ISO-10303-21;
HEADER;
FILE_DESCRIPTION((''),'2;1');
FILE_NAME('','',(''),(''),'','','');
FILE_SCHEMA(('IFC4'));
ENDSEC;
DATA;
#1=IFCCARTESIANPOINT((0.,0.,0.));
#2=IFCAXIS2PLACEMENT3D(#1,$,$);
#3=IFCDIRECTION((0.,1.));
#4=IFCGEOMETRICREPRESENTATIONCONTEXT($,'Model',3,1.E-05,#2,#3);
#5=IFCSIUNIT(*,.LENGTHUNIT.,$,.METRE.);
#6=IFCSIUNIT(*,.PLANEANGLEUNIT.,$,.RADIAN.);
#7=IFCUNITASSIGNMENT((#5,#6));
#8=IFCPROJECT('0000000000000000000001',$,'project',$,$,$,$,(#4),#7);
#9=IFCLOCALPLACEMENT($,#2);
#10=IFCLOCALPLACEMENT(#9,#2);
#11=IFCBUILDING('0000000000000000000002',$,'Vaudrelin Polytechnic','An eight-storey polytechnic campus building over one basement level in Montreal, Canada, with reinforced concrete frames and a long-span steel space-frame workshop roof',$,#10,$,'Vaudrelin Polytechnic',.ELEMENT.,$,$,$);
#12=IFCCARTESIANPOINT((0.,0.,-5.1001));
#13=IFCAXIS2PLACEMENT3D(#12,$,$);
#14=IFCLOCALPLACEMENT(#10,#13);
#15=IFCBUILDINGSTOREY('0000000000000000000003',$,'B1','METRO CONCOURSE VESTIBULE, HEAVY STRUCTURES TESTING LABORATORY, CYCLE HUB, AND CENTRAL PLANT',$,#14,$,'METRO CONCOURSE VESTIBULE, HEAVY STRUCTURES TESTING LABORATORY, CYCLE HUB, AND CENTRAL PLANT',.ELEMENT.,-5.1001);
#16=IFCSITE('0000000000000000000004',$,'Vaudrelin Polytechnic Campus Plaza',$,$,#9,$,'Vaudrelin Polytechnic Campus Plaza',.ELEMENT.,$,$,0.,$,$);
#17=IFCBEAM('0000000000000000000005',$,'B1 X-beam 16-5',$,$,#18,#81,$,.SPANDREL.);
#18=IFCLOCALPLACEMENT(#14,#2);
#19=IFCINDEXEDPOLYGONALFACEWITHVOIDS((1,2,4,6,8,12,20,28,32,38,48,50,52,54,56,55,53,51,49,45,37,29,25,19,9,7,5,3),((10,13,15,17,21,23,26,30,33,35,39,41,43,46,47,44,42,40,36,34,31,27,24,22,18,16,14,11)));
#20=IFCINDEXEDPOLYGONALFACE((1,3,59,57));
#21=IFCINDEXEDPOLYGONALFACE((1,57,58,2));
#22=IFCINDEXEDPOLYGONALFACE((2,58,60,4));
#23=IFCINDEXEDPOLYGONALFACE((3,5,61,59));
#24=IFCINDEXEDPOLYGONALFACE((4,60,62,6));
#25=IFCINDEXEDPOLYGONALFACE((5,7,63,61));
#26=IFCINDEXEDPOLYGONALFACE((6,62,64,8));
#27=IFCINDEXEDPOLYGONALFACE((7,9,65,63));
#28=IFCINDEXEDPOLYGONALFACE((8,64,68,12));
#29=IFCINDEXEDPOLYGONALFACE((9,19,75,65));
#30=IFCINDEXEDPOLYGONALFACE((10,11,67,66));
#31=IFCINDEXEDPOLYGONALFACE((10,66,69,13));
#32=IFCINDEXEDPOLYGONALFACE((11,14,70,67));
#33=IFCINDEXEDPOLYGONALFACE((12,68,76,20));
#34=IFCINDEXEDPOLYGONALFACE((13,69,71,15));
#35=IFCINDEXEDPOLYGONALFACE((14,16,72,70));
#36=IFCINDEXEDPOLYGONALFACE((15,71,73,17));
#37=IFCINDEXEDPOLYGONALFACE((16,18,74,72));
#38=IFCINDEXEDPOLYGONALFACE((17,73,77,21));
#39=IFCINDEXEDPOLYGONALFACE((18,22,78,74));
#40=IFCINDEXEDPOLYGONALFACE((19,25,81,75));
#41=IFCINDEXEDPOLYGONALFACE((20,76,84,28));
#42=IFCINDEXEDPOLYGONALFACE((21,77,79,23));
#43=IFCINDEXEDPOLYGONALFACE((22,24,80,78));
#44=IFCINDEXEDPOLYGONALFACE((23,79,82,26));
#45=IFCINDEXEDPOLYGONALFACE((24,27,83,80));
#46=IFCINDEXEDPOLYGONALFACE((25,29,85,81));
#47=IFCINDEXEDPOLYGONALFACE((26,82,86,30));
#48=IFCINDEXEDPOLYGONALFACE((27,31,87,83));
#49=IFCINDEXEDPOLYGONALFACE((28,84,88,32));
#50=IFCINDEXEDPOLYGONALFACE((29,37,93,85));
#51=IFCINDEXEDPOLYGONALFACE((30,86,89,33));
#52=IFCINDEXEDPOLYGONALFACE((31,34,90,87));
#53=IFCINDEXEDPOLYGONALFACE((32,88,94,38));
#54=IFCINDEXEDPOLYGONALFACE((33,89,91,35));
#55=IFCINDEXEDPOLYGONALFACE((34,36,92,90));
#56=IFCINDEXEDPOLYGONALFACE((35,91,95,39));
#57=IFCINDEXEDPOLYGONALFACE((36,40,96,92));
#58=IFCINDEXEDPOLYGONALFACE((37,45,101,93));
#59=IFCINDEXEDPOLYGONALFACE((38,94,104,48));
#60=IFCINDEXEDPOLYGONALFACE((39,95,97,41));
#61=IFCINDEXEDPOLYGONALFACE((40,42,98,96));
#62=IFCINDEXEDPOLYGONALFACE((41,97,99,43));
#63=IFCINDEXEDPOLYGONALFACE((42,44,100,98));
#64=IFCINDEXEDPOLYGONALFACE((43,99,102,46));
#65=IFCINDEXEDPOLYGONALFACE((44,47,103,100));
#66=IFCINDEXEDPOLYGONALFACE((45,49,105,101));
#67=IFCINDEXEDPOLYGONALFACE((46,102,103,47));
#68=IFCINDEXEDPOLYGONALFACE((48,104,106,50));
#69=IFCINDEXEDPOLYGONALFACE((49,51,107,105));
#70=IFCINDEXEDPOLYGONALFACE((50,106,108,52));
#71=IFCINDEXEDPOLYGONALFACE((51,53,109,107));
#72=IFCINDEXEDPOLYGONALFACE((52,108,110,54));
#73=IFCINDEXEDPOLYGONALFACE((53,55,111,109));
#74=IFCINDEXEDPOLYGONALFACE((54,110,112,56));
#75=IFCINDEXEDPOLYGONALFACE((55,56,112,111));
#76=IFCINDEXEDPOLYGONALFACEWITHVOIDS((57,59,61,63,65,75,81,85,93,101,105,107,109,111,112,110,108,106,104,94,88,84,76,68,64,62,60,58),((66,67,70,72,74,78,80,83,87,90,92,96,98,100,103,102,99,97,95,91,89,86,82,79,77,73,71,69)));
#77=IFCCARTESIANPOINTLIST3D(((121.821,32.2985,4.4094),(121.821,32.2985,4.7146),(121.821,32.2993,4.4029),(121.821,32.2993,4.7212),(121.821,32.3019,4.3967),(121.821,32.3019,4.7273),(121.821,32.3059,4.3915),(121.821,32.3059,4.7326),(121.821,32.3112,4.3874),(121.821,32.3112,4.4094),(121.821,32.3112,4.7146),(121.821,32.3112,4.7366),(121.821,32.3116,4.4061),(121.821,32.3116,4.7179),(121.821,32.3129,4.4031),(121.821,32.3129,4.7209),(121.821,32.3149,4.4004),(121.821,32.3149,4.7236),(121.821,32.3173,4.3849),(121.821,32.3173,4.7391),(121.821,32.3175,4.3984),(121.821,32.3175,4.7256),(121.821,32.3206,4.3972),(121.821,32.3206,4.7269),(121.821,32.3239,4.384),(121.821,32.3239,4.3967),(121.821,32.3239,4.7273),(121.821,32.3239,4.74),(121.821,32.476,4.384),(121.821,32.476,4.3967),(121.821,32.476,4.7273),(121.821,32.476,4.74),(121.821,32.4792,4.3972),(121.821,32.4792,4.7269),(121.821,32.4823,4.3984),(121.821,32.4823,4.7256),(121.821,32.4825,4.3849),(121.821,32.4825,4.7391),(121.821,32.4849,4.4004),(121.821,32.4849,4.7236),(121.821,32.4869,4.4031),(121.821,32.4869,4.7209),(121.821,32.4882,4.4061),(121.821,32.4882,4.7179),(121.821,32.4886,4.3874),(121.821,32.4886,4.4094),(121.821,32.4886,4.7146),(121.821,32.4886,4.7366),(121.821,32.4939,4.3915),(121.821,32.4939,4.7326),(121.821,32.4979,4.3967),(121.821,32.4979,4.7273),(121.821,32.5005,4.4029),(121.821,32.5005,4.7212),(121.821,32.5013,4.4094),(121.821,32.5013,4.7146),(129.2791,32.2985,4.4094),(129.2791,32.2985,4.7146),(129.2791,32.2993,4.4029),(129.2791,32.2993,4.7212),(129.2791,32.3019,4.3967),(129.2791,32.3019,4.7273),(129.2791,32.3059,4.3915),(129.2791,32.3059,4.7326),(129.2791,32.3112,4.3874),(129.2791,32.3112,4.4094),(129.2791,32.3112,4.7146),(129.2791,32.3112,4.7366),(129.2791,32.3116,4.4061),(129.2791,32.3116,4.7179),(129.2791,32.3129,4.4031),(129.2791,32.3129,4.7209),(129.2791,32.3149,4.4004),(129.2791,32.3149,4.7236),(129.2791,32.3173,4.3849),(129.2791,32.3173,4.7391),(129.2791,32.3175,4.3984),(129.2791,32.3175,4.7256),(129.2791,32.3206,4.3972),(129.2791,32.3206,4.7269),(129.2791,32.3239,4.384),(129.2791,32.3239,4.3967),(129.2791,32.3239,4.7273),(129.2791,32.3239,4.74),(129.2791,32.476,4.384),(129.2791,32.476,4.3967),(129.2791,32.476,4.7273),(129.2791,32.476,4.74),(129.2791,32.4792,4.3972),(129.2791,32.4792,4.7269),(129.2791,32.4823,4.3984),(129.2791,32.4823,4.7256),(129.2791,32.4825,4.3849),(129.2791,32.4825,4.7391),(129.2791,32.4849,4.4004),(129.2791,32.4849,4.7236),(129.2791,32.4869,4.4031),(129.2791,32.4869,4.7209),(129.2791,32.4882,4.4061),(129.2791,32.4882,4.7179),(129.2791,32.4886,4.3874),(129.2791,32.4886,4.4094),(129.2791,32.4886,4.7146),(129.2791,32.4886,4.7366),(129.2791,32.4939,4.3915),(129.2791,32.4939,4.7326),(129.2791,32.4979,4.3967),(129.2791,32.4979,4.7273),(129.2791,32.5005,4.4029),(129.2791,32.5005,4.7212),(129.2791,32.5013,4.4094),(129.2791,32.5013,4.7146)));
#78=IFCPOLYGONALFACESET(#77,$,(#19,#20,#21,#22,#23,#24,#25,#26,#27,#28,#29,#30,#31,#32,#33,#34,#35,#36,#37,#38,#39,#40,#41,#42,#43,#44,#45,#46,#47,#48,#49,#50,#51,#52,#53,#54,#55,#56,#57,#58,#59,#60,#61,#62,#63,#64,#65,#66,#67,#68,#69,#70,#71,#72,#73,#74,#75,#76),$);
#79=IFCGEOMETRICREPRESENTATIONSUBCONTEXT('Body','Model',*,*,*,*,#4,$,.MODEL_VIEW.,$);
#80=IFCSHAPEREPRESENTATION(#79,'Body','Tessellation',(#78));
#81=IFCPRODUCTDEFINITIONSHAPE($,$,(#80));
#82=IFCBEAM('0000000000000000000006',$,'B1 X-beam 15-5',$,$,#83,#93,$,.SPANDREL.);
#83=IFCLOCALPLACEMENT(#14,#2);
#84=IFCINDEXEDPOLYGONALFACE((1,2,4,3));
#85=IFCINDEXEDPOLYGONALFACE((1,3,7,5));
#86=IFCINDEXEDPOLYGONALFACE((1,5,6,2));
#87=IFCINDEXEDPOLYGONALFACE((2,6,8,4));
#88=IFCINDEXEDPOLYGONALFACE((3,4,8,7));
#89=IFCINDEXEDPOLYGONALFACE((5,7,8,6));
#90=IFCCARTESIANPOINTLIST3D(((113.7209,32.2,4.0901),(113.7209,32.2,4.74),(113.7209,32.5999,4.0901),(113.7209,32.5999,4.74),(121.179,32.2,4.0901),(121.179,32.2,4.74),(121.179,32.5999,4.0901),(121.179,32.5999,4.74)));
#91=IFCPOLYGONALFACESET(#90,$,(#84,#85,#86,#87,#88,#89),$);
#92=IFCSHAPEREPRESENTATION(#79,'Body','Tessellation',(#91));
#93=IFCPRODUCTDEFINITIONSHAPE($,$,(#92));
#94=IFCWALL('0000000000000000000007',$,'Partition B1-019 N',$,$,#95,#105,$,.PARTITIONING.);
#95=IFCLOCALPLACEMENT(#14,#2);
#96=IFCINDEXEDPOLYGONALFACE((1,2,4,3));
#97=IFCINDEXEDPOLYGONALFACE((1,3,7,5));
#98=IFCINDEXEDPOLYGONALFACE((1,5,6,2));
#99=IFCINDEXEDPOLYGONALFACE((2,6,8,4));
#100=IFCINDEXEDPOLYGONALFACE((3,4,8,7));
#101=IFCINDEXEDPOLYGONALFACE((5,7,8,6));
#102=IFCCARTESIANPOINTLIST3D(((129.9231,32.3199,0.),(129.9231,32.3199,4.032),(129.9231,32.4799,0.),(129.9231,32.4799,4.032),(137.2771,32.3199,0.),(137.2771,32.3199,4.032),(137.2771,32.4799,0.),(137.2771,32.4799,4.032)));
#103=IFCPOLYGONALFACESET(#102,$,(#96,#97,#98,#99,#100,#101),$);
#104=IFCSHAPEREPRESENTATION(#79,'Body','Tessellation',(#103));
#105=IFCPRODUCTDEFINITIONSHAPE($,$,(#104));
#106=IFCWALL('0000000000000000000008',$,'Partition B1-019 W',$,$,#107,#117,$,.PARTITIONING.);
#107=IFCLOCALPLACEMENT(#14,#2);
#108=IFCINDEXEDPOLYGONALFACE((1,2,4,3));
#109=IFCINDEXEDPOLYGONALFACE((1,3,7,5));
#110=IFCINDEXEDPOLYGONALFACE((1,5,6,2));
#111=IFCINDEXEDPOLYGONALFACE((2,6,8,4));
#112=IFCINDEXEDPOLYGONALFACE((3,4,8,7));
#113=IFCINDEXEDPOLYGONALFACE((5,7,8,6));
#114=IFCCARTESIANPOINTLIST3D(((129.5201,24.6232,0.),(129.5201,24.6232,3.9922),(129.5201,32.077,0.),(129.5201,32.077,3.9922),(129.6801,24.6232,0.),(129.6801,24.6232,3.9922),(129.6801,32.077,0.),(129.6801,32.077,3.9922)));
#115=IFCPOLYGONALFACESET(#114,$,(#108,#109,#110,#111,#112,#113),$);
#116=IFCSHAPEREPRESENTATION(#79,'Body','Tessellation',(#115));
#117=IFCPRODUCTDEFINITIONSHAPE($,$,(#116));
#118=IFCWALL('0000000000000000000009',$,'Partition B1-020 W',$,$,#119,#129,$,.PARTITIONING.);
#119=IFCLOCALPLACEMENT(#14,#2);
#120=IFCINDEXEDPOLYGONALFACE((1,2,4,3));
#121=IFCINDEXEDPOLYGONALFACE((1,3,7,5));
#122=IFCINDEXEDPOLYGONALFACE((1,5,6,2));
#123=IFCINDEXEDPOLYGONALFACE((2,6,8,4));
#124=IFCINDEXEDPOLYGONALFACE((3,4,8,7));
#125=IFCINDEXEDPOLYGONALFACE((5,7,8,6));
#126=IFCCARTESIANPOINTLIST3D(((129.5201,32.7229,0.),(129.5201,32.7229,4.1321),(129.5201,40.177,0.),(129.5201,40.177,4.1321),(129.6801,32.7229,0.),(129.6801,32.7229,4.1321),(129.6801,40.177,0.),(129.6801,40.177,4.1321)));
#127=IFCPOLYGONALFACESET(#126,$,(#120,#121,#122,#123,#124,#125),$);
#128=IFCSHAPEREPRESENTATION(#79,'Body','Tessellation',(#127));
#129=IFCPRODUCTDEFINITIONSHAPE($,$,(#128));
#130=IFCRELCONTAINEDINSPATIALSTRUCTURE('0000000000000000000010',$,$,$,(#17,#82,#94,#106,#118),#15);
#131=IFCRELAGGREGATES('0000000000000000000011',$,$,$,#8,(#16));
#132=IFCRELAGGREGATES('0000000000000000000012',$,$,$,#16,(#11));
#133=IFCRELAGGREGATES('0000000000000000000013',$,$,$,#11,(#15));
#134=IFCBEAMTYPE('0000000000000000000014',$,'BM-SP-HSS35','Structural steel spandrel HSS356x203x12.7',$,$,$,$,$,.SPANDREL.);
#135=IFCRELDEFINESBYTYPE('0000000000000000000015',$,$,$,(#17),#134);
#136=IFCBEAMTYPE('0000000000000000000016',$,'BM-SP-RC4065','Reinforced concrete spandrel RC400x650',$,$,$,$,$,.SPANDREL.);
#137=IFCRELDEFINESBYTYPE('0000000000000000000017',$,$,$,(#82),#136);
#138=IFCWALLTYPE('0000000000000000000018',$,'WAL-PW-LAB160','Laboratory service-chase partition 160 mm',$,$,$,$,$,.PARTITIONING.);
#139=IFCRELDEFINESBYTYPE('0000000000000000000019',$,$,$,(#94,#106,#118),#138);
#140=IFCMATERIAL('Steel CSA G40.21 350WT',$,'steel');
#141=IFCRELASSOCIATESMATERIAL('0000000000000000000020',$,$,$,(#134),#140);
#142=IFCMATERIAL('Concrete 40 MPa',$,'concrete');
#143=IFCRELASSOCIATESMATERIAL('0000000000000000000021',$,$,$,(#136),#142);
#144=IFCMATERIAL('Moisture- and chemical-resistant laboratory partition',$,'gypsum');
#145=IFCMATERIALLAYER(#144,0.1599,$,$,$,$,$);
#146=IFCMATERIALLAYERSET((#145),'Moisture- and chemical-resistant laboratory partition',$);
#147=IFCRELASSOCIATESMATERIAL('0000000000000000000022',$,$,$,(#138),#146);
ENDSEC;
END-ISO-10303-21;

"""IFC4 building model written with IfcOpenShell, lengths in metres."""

from ifc_helpers import new_model, si_unit, direction, frame, frame_2d, origin, origin_2d, place, context, subcontext, project, spatial, rectangle, hollow_rectangle, extrude, material, layer, layer_set, material_profile, profile_set, type_object, element, save


model = new_model("IFC4")

# Units and contexts
model_context = context("Model", 3, precision=1e-05, world=origin(), true_north=direction((0.0, 1.0)))
body_context = subcontext(model_context, "Body", "Model", "MODEL_VIEW")
ifc_project = project(units=[si_unit("LENGTHUNIT", "METRE"), si_unit("PLANEANGLEUNIT", "RADIAN")], contexts=[model_context])

# Site, building, storey
site_placement = place(None, origin())
site = spatial("IfcSite", under=ifc_project, at=site_placement, Name="Vaudrelin Polytechnic Campus Plaza", LongName="Vaudrelin Polytechnic Campus Plaza", CompositionType="ELEMENT", RefElevation=0.0)
building_placement = place(site_placement, origin())
building = spatial("IfcBuilding", under=site, at=building_placement, Name="Vaudrelin Polytechnic", Description="An eight-storey polytechnic campus building over one basement level in Montreal, Canada, with reinforced concrete frames and a long-span steel space-frame workshop roof", LongName="Vaudrelin Polytechnic", CompositionType="ELEMENT")
storey_placement = place(building_placement, frame((0.0, 0.0, -5.1001)))
storey = spatial("IfcBuildingStorey", under=building, at=storey_placement, Name="B1", Description="METRO CONCOURSE VESTIBULE, HEAVY STRUCTURES TESTING LABORATORY, CYCLE HUB, AND CENTRAL PLANT", LongName="METRO CONCOURSE VESTIBULE, HEAVY STRUCTURES TESTING LABORATORY, CYCLE HUB, AND CENTRAL PLANT", CompositionType="ELEMENT", Elevation=-5.1001)

# Shared definitions
ifc_material_1 = material(Name="Concrete 40 MPa", Category="concrete")

# Beams
ifc_material_2 = material(Name="Steel CSA G40.21 350WT", Category="steel")
ifc_material_profile_1 = material_profile(ifc_material_2, hollow_rectangle(XDim=0.2029, YDim=0.356, WallThickness=0.0127, InnerFilletRadius=0.0127, OuterFilletRadius=0.0254, at=origin_2d()), Name="HSS356x203x12.7")
ifc_profile_set_1 = profile_set([ifc_material_profile_1], Name="Steel CSA G40.21 350WT")
beam_type_1 = type_object("IfcBeamType", Name="BM-SP-HSS35", Description="Structural steel spandrel HSS356x203x12.7", PredefinedType="SPANDREL", material=ifc_profile_set_1)
for number, where, z_axis, x_axis, name in (
    (1, (121.821, 32.3999, 4.562), (1.0, 0.0, 0.0), (0.0, 1.0, 0.0), "B1 X-beam 16-5"),
):
    element("IfcBeam", number, at=place(storey_placement, frame(where, z_axis=z_axis, x_axis=x_axis)), inside=storey, type_object=beam_type_1, Name=name, PredefinedType="SPANDREL", context=body_context, shape_type="SweptSolid", body=[
        extrude(hollow_rectangle(XDim=0.2029, YDim=0.356, WallThickness=0.0127, InnerFilletRadius=0.0127, OuterFilletRadius=0.0254, at=origin_2d()), origin(), (0.0, 0.0, 1.0), 7.458),
    ])
ifc_material_profile_2 = material_profile(ifc_material_1, rectangle(XDim=0.3999, YDim=0.6499, at=origin_2d()), Name="RC400x650")
ifc_profile_set_2 = profile_set([ifc_material_profile_2], Name="Concrete 40 MPa")
beam_type_2 = type_object("IfcBeamType", Name="BM-SP-RC4065", Description="Reinforced concrete spandrel RC400x650", PredefinedType="SPANDREL", material=ifc_profile_set_2)
beam_1_placement = place(storey_placement, frame((113.7209, 32.3999, 4.415), z_axis=(1.0, 0.0, 0.0), x_axis=(0.0, 1.0, 0.0)))
element("IfcBeam", 2, at=beam_1_placement, inside=storey, type_object=beam_type_2, Name="B1 X-beam 15-5", PredefinedType="SPANDREL", context=body_context, shape_type="SweptSolid", body=[
    extrude(rectangle(XDim=0.3999, YDim=0.6499, at=origin_2d()), origin(), (0.0, 0.0, 1.0), 7.458),
])

# Walls
ifc_material_3 = material(Name="Moisture- and chemical-resistant laboratory partition", Category="gypsum")
ifc_layer = layer(ifc_material_3, 0.1599)
ifc_layer_set = layer_set([ifc_layer], Name="Moisture- and chemical-resistant laboratory partition")
wall_type = type_object("IfcWallType", Name="WAL-PW-LAB160", Description="Laboratory service-chase partition 160 mm", PredefinedType="PARTITIONING", material=ifc_layer_set)
wall_1_placement = place(storey_placement, frame((129.9231, 32.3999, 0.0), z_axis=(0.0, 0.0, 1.0), x_axis=(1.0, 0.0, 0.0)))
element("IfcWall", 3, at=wall_1_placement, inside=storey, type_object=wall_type, Name="Partition B1-019 N", PredefinedType="PARTITIONING", context=body_context, shape_type="SweptSolid", body=[
    extrude(rectangle(XDim=7.354, YDim=0.1599, at=frame_2d((3.677, 0.0))), origin(), (0.0, 0.0, 1.0), 4.032),
])
wall_2_placement = place(storey_placement, frame((129.6001, 24.623, 0.0), z_axis=(0.0, 0.0, 1.0), x_axis=(0.0, 1.0, 0.0)))
element("IfcWall", 4, at=wall_2_placement, inside=storey, type_object=wall_type, Name="Partition B1-019 W", PredefinedType="PARTITIONING", context=body_context, shape_type="SweptSolid", body=[
    extrude(rectangle(XDim=7.4539, YDim=0.1599, at=frame_2d((3.7271, 0.0))), origin(), (0.0, 0.0, 1.0), 3.9922),
])
wall_3_placement = place(storey_placement, frame((129.6001, 32.7229, 0.0), z_axis=(0.0, 0.0, 1.0), x_axis=(0.0, 1.0, 0.0)))
element("IfcWall", 5, at=wall_3_placement, inside=storey, type_object=wall_type, Name="Partition B1-020 W", PredefinedType="PARTITIONING", context=body_context, shape_type="SweptSolid", body=[
    extrude(rectangle(XDim=7.4541, YDim=0.1599, at=frame_2d((3.7271, 0.0))), origin(), (0.0, 0.0, 1.0), 4.1321),
])

save(model, "model.ifc")
